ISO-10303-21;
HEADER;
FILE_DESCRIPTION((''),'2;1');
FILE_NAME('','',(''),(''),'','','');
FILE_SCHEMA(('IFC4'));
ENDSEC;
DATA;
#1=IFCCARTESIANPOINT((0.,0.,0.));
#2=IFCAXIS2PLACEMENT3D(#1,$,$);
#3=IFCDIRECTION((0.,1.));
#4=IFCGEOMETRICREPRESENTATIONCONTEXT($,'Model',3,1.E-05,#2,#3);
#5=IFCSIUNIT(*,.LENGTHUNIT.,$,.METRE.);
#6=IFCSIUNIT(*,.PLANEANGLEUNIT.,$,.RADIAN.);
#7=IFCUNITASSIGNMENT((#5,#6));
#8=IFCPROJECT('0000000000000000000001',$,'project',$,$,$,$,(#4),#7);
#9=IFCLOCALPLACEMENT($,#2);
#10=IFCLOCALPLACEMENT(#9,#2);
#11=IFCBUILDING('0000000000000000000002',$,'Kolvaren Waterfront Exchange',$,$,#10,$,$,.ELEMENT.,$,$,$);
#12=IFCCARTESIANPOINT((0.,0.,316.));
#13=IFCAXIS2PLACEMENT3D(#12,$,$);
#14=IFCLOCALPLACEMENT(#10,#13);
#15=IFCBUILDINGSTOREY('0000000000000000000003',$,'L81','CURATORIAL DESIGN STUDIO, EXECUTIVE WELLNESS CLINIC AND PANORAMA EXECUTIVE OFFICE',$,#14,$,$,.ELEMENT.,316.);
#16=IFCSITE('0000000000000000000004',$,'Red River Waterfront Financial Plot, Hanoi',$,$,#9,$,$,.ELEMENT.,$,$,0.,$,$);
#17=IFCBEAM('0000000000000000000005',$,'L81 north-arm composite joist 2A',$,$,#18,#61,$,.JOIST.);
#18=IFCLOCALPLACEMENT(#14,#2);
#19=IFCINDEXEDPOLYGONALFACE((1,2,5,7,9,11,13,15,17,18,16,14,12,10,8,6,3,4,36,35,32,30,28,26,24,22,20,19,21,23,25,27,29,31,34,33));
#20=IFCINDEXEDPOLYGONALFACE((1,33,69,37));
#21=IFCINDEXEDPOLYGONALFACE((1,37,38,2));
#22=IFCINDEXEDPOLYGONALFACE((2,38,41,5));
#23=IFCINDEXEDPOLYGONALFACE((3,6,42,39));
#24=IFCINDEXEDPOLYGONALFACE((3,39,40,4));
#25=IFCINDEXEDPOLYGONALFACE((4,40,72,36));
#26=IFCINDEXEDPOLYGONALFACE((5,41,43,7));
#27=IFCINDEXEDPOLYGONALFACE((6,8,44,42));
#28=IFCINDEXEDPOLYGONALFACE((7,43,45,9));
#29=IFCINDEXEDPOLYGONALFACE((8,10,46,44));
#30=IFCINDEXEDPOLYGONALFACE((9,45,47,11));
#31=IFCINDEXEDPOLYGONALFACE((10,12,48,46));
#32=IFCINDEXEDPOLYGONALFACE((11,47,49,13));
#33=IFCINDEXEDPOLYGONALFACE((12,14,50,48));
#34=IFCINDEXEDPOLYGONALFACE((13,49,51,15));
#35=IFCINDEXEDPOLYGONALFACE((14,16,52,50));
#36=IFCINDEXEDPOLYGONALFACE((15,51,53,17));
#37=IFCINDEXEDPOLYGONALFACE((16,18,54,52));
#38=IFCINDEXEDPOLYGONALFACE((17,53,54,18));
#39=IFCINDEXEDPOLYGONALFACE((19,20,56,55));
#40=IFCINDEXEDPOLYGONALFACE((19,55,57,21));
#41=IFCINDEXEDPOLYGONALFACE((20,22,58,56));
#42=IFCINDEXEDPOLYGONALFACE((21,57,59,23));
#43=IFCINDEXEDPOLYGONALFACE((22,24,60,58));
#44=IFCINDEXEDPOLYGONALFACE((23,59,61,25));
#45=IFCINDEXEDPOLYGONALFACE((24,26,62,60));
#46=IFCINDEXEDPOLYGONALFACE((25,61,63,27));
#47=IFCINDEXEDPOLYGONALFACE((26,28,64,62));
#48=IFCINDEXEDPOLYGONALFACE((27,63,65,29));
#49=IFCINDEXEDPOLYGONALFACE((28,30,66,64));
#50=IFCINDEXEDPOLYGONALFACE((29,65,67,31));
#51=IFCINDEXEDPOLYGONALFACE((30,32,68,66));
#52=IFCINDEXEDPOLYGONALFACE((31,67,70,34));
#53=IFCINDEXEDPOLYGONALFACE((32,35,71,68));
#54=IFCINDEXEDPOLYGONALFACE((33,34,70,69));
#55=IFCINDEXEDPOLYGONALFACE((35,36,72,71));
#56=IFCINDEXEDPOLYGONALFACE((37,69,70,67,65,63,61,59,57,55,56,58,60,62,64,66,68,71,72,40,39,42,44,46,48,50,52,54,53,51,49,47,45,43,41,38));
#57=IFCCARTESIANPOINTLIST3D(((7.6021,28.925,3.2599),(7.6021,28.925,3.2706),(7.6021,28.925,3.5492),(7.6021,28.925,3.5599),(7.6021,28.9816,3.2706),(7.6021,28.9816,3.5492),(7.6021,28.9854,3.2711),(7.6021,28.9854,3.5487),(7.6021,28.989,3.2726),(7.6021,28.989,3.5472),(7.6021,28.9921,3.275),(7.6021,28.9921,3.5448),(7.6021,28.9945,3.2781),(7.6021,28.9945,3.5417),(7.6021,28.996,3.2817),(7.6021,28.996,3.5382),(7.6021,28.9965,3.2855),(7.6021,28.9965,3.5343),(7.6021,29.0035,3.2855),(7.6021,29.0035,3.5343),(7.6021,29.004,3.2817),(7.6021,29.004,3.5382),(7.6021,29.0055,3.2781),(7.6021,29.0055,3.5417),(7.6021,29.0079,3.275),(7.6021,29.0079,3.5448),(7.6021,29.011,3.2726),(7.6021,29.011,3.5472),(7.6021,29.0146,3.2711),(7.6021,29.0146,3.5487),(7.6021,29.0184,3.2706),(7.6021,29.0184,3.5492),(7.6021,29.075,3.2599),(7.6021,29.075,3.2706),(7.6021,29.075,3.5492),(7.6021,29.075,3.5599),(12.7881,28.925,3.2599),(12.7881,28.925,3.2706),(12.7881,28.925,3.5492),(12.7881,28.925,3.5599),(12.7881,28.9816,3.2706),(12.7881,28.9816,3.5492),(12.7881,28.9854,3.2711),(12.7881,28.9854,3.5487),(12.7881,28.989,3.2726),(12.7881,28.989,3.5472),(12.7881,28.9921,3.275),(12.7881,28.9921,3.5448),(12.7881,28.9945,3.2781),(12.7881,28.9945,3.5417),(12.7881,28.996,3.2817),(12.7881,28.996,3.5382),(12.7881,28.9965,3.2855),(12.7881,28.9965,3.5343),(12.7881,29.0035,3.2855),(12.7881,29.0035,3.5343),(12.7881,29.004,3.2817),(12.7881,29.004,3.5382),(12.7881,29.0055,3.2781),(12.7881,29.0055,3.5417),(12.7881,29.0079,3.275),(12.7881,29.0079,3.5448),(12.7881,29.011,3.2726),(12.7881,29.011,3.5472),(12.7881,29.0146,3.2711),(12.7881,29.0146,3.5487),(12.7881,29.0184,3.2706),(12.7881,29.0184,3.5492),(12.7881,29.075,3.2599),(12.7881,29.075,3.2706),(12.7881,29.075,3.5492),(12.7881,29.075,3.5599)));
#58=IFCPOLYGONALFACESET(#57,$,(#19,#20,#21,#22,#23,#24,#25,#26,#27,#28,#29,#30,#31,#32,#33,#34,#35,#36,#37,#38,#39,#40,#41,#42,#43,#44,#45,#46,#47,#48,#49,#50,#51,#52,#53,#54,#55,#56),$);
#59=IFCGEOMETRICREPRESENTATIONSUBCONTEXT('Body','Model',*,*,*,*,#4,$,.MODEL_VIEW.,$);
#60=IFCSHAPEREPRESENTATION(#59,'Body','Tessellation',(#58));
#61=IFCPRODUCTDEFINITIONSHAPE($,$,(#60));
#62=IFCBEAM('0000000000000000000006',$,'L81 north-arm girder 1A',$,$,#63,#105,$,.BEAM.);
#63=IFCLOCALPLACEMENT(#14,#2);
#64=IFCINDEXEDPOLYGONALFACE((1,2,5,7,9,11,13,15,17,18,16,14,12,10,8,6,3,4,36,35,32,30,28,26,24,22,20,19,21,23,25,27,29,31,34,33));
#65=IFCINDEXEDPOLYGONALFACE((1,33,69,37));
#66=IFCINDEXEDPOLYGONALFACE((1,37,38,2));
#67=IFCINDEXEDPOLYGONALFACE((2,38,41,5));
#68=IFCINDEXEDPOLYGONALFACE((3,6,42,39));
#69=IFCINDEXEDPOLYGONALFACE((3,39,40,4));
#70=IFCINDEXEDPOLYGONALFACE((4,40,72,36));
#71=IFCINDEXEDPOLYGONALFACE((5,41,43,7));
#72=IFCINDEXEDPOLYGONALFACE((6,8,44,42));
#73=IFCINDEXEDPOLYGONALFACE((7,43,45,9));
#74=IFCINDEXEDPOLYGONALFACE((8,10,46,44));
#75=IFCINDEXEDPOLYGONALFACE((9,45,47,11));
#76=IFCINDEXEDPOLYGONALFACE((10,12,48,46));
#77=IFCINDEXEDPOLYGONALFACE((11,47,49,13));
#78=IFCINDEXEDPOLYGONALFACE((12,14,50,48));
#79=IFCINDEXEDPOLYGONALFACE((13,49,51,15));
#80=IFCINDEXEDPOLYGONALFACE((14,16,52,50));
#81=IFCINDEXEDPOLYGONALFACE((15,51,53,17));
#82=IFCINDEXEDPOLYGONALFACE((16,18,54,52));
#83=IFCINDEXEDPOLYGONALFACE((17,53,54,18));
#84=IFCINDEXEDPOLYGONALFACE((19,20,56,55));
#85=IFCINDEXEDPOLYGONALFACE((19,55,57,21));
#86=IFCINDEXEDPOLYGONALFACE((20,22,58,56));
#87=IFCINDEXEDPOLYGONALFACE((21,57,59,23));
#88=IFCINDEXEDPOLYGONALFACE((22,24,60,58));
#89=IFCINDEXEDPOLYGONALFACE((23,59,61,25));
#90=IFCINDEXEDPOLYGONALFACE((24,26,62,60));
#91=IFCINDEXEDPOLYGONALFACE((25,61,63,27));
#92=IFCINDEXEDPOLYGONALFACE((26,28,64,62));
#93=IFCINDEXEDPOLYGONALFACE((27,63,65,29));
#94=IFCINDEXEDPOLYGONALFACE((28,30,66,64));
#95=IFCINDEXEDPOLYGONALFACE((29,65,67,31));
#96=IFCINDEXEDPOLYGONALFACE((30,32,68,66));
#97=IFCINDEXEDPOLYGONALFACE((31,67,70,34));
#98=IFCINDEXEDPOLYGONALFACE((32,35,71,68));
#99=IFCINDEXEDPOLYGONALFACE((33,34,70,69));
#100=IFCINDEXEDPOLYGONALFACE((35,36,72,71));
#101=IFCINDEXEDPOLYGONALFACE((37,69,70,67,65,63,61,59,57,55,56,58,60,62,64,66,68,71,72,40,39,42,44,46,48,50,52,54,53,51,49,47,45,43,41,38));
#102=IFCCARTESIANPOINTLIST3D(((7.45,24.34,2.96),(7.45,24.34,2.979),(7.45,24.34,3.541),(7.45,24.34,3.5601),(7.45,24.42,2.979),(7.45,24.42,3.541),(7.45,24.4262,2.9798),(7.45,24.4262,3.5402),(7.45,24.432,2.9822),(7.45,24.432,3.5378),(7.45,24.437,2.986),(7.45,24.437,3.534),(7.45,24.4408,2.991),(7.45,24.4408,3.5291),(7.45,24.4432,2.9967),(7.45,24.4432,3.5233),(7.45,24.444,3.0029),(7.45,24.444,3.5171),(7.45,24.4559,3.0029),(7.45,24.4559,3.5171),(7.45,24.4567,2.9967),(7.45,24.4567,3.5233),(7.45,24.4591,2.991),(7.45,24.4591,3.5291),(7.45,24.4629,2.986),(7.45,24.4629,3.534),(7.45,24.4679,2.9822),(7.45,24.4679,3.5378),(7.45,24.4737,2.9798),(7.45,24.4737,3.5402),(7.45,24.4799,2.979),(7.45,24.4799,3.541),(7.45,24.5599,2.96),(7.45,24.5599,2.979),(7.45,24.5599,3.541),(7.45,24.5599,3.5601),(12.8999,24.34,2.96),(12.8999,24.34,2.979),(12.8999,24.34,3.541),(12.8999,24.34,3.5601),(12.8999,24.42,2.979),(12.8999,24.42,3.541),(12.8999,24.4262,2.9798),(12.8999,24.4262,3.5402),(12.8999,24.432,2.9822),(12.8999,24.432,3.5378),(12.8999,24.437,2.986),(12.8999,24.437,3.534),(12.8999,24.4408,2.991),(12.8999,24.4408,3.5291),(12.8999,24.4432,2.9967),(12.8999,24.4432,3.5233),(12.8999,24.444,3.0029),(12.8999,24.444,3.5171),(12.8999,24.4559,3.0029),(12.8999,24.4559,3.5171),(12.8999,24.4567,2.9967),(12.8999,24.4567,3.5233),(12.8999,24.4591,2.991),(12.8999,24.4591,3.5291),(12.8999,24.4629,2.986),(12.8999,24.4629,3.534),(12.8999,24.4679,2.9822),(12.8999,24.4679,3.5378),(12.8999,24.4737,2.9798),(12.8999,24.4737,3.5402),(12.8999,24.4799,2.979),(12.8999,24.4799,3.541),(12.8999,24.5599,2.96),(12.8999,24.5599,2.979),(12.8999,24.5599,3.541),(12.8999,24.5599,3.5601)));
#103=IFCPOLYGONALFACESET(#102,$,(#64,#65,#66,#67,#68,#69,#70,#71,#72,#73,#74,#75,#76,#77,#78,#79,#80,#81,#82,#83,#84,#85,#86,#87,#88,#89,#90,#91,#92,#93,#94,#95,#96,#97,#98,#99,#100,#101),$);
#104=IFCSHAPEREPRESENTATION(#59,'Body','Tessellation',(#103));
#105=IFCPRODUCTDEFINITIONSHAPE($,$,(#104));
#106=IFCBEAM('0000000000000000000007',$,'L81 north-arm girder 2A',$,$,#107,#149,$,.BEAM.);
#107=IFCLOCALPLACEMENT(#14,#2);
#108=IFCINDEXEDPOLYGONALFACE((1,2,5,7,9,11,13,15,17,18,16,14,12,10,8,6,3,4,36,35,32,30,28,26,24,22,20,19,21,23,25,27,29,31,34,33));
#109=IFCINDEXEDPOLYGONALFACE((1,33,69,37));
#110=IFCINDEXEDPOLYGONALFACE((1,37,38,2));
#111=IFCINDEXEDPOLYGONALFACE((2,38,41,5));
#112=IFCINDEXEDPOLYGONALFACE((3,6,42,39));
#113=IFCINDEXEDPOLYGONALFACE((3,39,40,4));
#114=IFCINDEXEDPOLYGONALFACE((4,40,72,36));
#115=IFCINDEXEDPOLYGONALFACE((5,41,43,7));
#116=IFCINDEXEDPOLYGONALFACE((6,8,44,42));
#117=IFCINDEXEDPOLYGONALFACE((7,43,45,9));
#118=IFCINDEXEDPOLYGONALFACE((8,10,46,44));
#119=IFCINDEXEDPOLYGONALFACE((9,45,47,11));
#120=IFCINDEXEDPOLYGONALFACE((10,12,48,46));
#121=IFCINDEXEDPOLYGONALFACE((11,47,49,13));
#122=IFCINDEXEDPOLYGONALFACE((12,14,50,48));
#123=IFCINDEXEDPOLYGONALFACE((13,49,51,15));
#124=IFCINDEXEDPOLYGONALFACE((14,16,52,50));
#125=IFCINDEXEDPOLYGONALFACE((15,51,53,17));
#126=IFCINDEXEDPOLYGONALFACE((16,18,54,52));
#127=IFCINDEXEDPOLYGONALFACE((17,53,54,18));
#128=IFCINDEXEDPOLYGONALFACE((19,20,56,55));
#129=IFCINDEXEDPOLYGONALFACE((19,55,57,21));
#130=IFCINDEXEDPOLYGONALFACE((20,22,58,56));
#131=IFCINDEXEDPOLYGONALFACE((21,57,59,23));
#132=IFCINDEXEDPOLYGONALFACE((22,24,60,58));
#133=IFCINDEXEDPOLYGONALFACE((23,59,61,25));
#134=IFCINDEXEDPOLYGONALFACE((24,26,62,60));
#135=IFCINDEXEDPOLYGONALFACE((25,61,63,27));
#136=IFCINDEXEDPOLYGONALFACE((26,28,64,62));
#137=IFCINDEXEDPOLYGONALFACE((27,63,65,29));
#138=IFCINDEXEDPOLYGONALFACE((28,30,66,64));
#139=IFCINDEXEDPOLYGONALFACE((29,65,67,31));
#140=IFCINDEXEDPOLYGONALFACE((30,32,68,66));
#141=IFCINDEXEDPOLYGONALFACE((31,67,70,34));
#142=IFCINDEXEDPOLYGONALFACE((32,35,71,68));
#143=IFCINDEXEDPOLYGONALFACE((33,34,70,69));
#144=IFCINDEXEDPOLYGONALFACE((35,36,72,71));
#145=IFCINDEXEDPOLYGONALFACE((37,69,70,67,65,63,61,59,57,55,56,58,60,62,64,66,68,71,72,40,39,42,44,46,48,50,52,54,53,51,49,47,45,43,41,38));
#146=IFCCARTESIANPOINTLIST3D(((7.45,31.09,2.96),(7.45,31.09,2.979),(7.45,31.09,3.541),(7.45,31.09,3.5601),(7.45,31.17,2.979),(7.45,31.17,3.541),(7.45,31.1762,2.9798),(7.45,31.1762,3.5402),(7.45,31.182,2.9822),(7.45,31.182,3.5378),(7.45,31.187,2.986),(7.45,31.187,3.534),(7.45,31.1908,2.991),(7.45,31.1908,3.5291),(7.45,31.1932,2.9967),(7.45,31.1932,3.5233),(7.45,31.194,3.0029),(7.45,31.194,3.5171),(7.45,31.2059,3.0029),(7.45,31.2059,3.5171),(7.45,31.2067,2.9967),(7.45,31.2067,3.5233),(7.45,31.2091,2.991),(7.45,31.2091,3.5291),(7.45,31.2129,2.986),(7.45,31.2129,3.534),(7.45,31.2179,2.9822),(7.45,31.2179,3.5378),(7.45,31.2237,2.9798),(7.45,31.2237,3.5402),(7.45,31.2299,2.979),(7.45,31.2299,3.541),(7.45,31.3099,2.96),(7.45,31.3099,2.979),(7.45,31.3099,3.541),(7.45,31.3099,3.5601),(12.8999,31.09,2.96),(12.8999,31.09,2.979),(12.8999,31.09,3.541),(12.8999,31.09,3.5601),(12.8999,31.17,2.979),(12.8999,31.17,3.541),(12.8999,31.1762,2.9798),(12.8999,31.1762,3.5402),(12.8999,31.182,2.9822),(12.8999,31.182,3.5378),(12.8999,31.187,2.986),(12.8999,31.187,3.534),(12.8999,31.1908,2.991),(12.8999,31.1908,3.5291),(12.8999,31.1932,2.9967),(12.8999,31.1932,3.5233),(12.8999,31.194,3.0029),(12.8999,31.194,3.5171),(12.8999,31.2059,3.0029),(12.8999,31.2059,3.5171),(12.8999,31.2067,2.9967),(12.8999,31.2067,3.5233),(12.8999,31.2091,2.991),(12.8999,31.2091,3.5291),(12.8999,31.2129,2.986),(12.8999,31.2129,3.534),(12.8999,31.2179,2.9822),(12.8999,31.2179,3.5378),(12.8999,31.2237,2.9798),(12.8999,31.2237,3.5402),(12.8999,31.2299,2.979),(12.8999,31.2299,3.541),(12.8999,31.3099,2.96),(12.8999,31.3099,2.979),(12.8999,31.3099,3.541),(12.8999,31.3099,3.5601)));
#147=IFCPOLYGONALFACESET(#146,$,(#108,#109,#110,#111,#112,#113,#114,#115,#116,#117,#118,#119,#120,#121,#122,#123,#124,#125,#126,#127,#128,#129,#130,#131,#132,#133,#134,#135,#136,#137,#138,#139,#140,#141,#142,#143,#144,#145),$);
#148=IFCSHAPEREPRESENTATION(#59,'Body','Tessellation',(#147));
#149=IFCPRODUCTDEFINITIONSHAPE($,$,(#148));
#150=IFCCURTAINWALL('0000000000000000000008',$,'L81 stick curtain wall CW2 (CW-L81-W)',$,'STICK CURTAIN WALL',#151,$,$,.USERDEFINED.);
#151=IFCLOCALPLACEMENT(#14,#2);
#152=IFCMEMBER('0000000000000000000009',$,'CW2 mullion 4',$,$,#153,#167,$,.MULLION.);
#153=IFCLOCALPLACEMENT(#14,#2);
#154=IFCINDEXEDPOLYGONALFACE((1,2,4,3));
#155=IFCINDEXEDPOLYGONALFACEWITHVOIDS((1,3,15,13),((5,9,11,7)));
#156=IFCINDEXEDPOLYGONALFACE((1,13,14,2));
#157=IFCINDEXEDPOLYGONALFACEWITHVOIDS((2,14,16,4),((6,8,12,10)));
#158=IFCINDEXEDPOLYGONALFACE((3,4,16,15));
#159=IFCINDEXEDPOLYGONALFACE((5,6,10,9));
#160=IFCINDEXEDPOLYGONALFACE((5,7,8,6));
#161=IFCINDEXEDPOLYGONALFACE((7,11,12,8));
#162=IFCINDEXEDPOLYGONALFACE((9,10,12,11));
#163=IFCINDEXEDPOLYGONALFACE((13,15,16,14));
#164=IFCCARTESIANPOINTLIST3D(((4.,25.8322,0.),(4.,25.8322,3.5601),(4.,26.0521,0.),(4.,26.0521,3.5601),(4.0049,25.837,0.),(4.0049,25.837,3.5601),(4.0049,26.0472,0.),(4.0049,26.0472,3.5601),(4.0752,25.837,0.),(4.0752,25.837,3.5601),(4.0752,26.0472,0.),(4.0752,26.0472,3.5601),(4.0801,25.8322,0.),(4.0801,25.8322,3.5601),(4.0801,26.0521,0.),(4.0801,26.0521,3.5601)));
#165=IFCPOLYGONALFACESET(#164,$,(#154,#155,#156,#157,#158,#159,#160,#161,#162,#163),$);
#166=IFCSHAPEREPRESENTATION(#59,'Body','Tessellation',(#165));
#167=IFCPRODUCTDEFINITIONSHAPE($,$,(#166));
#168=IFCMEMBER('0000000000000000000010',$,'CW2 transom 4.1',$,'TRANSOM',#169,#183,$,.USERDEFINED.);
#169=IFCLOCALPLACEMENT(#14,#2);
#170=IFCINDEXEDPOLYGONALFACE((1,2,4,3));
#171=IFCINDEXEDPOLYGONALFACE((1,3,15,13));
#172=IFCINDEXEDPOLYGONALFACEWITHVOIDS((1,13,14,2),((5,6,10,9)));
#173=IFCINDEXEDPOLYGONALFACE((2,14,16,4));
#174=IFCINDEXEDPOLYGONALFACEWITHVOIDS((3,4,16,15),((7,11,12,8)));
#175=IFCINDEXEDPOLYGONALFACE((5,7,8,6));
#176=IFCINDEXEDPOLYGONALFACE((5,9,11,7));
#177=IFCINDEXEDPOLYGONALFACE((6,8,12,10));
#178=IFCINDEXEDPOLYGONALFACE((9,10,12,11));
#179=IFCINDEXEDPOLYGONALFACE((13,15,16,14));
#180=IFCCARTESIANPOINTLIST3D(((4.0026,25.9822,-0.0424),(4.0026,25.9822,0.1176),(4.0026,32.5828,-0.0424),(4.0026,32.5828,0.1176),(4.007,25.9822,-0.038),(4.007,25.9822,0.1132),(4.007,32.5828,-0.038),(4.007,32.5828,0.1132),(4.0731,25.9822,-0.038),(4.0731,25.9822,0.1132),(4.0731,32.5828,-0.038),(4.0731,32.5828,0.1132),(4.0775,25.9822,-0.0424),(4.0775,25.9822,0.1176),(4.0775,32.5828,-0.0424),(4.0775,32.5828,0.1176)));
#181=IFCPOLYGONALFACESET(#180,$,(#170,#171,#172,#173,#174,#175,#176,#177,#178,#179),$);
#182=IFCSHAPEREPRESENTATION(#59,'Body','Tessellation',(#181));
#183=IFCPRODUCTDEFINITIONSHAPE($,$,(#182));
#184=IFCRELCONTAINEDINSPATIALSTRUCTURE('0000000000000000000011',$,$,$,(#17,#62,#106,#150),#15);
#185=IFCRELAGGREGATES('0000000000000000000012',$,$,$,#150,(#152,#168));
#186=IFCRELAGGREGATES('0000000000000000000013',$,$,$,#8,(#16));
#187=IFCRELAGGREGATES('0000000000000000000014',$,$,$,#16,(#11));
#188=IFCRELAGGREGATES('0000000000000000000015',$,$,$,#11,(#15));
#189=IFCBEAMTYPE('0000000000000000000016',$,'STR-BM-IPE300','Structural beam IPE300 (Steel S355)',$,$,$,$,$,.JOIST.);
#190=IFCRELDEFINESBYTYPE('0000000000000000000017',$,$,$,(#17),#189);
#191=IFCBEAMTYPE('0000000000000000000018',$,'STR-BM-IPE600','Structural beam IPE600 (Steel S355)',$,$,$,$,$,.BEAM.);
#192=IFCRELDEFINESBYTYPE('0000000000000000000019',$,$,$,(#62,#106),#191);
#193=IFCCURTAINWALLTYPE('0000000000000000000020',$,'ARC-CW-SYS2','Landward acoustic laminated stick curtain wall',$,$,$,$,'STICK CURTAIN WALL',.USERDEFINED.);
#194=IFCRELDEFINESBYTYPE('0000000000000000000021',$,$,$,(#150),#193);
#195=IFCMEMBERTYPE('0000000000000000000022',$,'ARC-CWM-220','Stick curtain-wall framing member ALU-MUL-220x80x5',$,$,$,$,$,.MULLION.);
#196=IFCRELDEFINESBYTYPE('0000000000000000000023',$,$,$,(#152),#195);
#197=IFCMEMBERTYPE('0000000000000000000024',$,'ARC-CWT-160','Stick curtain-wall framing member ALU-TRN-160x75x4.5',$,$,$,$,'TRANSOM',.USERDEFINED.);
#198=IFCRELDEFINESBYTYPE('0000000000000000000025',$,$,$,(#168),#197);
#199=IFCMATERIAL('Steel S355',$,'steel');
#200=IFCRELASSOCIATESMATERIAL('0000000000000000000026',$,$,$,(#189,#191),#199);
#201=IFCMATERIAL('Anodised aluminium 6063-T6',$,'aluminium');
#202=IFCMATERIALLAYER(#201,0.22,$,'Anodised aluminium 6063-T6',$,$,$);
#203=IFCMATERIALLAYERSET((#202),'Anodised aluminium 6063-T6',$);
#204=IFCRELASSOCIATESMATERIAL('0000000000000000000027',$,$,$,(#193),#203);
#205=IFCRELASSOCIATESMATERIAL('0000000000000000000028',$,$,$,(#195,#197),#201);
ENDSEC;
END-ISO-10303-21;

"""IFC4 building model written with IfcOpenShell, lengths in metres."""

from ifc_helpers import new_model, si_unit, direction, frame, origin, origin_with_axes, origin_2d, place, context, subcontext, project, spatial, hollow_rectangle, i_section, extrude, source, transform, mapped, material, layer, layer_set, material_profile, profile_set, type_object, element, aggregate, save


model = new_model("IFC4")

# Units and contexts
model_context = context("Model", 3, precision=1e-05, world=origin(), true_north=direction((0.0, 1.0)))
body_context = subcontext(model_context, "Body", "Model", "MODEL_VIEW")
ifc_project = project(units=[si_unit("LENGTHUNIT", "METRE"), si_unit("PLANEANGLEUNIT", "RADIAN")], contexts=[model_context])

# Site, building, storey
site_placement = place(None, origin())
site = spatial("IfcSite", under=ifc_project, at=site_placement, Name="Red River Waterfront Financial Plot, Hanoi", CompositionType="ELEMENT", RefElevation=0.0)
building_placement = place(site_placement, origin())
building = spatial("IfcBuilding", under=site, at=building_placement, Name="Kolvaren Waterfront Exchange", CompositionType="ELEMENT")
storey_placement = place(building_placement, frame((0.0, 0.0, 316.0)))
storey = spatial("IfcBuildingStorey", under=building, at=storey_placement, Name="L81", Description="CURATORIAL DESIGN STUDIO, EXECUTIVE WELLNESS CLINIC AND PANORAMA EXECUTIVE OFFICE", CompositionType="ELEMENT", Elevation=316.0)

# Beams
ifc_material_1 = material(Name="Steel S355", Category="steel")
ifc_material_profile_1 = material_profile(ifc_material_1, i_section(OverallWidth=0.1499, OverallDepth=0.3, WebThickness=0.0071, FlangeThickness=0.0107, FilletRadius=0.0149, at=origin_2d()), Name="IPE300")
ifc_profile_set_1 = profile_set([ifc_material_profile_1], Name="Steel S355")
beam_type_1 = type_object("IfcBeamType", Name="STR-BM-IPE300", Description="Structural beam IPE300 (Steel S355)", PredefinedType="JOIST", material=ifc_profile_set_1)
for number, where, z_axis, x_axis, name in (
    (1, (7.6021, 29.0, 3.4099), (1.0, 0.0, 0.0), (0.0, 1.0, 0.0), "L81 north-arm composite joist 2A"),
):
    element("IfcBeam", number, at=place(storey_placement, frame(where, z_axis=z_axis, x_axis=x_axis)), inside=storey, type_object=beam_type_1, Name=name, PredefinedType="JOIST", context=body_context, shape_type="SweptSolid", body=[
        extrude(i_section(OverallWidth=0.1499, OverallDepth=0.3, WebThickness=0.0071, FlangeThickness=0.0107, FilletRadius=0.0149, at=origin_2d()), origin(), (0.0, 0.0, 1.0), 5.186),
    ])
ifc_material_profile_2 = material_profile(ifc_material_1, i_section(OverallWidth=0.22, OverallDepth=0.6001, WebThickness=0.012, FlangeThickness=0.019, FilletRadius=0.0239, at=origin_2d()), Name="IPE600")
ifc_profile_set_2 = profile_set([ifc_material_profile_2], Name="Steel S355")
beam_type_2 = type_object("IfcBeamType", Name="STR-BM-IPE600", Description="Structural beam IPE600 (Steel S355)", PredefinedType="BEAM", material=ifc_profile_set_2)
for number, where, z_axis, x_axis, name in (
    (2, (7.45, 24.45, 3.26), (1.0, 0.0, 0.0), (0.0, 1.0, 0.0), "L81 north-arm girder 1A"),
    (3, (7.45, 31.2, 3.26), (1.0, 0.0, 0.0), (0.0, 1.0, 0.0), "L81 north-arm girder 2A"),
):
    element("IfcBeam", number, at=place(storey_placement, frame(where, z_axis=z_axis, x_axis=x_axis)), inside=storey, type_object=beam_type_2, Name=name, PredefinedType="BEAM", context=body_context, shape_type="SweptSolid", body=[
        extrude(i_section(OverallWidth=0.22, OverallDepth=0.6001, WebThickness=0.012, FlangeThickness=0.019, FilletRadius=0.0239, at=origin_2d()), origin(), (0.0, 0.0, 1.0), 5.45),
    ])

# Curtain wall, members
ifc_material_2 = material(Name="Anodised aluminium 6063-T6", Category="aluminium")
ifc_layer_1 = layer(ifc_material_2, 0.22, Name="Anodised aluminium 6063-T6")
ifc_layer_set_1 = layer_set([ifc_layer_1], Name="Anodised aluminium 6063-T6")
curtain_wall_type = type_object("IfcCurtainWallType", Name="ARC-CW-SYS2", Description="Landward acoustic laminated stick curtain wall", ElementType="STICK CURTAIN WALL", PredefinedType="USERDEFINED", material=ifc_layer_set_1)
curtain_wall_placement = place(storey_placement, origin())
curtain_wall = element("IfcCurtainWall", 4, at=curtain_wall_placement, inside=storey, type_object=curtain_wall_type, Name="L81 stick curtain wall CW2 (CW-L81-W)", ObjectType="STICK CURTAIN WALL", PredefinedType="USERDEFINED")
ifc_material_profile_3 = material_profile(ifc_material_2, hollow_rectangle(XDim=0.0801, YDim=0.22, WallThickness=0.0049, at=origin_2d()), Name="ALU-MUL-220x80x5")
ifc_profile_set_3 = profile_set([ifc_material_profile_3], Name="Anodised aluminium 6063-T6")
member_type_1 = type_object("IfcMemberType", Name="ARC-CWM-220", Description="Stick curtain-wall framing member ALU-MUL-220x80x5", PredefinedType="MULLION", material=ifc_profile_set_3)
shared_shape_1 = source(origin_with_axes(), body_context, "Body", "SweptSolid", [
    extrude(hollow_rectangle(XDim=0.0801, YDim=0.22, WallThickness=0.0049, at=origin_2d()), origin(), (0.0, 0.0, 1.0), 3.5601),
])
member_1_placement = place(storey_placement, frame((4.04, 25.9421, 0.0), z_axis=(0.0, 0.0, 1.0), x_axis=(-1.0, 0.0, 0.0)))
member_1 = element("IfcMember", 5, at=member_1_placement, type_object=member_type_1, Name="CW2 mullion 4", PredefinedType="MULLION", context=body_context, shape_type="MappedRepresentation", body=[
    mapped(shared_shape_1, transform((0.0, 0.0, 0.0), x_axis=(1.0, 0.0, 0.0), y_axis=(0.0, 1.0, 0.0), z_axis=(0.0, 0.0, 1.0), scale=1.0)),
])
ifc_material_profile_4 = material_profile(ifc_material_2, hollow_rectangle(XDim=0.075, YDim=0.1599, WallThickness=0.0044, at=origin_2d()), Name="ALU-TRN-160x75x4.5")
ifc_profile_set_4 = profile_set([ifc_material_profile_4], Name="Anodised aluminium 6063-T6")
member_type_2 = type_object("IfcMemberType", Name="ARC-CWT-160", Description="Stick curtain-wall framing member ALU-TRN-160x75x4.5", ElementType="TRANSOM", PredefinedType="USERDEFINED", material=ifc_profile_set_4)
shared_shape_2 = source(origin_with_axes(), body_context, "Body", "SweptSolid", [
    extrude(hollow_rectangle(XDim=0.075, YDim=0.1599, WallThickness=0.0044, at=origin_2d()), origin(), (0.0, 0.0, 1.0), 6.6006),
])
member_2_placement = place(storey_placement, frame((4.04, 25.9822, 0.0376), z_axis=(0.0, 1.0, 0.0), x_axis=(-1.0, 0.0, 0.0)))
member_2 = element("IfcMember", 6, at=member_2_placement, type_object=member_type_2, Name="CW2 transom 4.1", ObjectType="TRANSOM", PredefinedType="USERDEFINED", context=body_context, shape_type="MappedRepresentation", body=[
    mapped(shared_shape_2, transform((0.0, 0.0, 0.0), x_axis=(1.0, 0.0, 0.0), y_axis=(0.0, 1.0, 0.0), z_axis=(0.0, 0.0, 1.0), scale=1.0)),
])
aggregate(curtain_wall, [member_1, member_2])

save(model, "model.ifc")
